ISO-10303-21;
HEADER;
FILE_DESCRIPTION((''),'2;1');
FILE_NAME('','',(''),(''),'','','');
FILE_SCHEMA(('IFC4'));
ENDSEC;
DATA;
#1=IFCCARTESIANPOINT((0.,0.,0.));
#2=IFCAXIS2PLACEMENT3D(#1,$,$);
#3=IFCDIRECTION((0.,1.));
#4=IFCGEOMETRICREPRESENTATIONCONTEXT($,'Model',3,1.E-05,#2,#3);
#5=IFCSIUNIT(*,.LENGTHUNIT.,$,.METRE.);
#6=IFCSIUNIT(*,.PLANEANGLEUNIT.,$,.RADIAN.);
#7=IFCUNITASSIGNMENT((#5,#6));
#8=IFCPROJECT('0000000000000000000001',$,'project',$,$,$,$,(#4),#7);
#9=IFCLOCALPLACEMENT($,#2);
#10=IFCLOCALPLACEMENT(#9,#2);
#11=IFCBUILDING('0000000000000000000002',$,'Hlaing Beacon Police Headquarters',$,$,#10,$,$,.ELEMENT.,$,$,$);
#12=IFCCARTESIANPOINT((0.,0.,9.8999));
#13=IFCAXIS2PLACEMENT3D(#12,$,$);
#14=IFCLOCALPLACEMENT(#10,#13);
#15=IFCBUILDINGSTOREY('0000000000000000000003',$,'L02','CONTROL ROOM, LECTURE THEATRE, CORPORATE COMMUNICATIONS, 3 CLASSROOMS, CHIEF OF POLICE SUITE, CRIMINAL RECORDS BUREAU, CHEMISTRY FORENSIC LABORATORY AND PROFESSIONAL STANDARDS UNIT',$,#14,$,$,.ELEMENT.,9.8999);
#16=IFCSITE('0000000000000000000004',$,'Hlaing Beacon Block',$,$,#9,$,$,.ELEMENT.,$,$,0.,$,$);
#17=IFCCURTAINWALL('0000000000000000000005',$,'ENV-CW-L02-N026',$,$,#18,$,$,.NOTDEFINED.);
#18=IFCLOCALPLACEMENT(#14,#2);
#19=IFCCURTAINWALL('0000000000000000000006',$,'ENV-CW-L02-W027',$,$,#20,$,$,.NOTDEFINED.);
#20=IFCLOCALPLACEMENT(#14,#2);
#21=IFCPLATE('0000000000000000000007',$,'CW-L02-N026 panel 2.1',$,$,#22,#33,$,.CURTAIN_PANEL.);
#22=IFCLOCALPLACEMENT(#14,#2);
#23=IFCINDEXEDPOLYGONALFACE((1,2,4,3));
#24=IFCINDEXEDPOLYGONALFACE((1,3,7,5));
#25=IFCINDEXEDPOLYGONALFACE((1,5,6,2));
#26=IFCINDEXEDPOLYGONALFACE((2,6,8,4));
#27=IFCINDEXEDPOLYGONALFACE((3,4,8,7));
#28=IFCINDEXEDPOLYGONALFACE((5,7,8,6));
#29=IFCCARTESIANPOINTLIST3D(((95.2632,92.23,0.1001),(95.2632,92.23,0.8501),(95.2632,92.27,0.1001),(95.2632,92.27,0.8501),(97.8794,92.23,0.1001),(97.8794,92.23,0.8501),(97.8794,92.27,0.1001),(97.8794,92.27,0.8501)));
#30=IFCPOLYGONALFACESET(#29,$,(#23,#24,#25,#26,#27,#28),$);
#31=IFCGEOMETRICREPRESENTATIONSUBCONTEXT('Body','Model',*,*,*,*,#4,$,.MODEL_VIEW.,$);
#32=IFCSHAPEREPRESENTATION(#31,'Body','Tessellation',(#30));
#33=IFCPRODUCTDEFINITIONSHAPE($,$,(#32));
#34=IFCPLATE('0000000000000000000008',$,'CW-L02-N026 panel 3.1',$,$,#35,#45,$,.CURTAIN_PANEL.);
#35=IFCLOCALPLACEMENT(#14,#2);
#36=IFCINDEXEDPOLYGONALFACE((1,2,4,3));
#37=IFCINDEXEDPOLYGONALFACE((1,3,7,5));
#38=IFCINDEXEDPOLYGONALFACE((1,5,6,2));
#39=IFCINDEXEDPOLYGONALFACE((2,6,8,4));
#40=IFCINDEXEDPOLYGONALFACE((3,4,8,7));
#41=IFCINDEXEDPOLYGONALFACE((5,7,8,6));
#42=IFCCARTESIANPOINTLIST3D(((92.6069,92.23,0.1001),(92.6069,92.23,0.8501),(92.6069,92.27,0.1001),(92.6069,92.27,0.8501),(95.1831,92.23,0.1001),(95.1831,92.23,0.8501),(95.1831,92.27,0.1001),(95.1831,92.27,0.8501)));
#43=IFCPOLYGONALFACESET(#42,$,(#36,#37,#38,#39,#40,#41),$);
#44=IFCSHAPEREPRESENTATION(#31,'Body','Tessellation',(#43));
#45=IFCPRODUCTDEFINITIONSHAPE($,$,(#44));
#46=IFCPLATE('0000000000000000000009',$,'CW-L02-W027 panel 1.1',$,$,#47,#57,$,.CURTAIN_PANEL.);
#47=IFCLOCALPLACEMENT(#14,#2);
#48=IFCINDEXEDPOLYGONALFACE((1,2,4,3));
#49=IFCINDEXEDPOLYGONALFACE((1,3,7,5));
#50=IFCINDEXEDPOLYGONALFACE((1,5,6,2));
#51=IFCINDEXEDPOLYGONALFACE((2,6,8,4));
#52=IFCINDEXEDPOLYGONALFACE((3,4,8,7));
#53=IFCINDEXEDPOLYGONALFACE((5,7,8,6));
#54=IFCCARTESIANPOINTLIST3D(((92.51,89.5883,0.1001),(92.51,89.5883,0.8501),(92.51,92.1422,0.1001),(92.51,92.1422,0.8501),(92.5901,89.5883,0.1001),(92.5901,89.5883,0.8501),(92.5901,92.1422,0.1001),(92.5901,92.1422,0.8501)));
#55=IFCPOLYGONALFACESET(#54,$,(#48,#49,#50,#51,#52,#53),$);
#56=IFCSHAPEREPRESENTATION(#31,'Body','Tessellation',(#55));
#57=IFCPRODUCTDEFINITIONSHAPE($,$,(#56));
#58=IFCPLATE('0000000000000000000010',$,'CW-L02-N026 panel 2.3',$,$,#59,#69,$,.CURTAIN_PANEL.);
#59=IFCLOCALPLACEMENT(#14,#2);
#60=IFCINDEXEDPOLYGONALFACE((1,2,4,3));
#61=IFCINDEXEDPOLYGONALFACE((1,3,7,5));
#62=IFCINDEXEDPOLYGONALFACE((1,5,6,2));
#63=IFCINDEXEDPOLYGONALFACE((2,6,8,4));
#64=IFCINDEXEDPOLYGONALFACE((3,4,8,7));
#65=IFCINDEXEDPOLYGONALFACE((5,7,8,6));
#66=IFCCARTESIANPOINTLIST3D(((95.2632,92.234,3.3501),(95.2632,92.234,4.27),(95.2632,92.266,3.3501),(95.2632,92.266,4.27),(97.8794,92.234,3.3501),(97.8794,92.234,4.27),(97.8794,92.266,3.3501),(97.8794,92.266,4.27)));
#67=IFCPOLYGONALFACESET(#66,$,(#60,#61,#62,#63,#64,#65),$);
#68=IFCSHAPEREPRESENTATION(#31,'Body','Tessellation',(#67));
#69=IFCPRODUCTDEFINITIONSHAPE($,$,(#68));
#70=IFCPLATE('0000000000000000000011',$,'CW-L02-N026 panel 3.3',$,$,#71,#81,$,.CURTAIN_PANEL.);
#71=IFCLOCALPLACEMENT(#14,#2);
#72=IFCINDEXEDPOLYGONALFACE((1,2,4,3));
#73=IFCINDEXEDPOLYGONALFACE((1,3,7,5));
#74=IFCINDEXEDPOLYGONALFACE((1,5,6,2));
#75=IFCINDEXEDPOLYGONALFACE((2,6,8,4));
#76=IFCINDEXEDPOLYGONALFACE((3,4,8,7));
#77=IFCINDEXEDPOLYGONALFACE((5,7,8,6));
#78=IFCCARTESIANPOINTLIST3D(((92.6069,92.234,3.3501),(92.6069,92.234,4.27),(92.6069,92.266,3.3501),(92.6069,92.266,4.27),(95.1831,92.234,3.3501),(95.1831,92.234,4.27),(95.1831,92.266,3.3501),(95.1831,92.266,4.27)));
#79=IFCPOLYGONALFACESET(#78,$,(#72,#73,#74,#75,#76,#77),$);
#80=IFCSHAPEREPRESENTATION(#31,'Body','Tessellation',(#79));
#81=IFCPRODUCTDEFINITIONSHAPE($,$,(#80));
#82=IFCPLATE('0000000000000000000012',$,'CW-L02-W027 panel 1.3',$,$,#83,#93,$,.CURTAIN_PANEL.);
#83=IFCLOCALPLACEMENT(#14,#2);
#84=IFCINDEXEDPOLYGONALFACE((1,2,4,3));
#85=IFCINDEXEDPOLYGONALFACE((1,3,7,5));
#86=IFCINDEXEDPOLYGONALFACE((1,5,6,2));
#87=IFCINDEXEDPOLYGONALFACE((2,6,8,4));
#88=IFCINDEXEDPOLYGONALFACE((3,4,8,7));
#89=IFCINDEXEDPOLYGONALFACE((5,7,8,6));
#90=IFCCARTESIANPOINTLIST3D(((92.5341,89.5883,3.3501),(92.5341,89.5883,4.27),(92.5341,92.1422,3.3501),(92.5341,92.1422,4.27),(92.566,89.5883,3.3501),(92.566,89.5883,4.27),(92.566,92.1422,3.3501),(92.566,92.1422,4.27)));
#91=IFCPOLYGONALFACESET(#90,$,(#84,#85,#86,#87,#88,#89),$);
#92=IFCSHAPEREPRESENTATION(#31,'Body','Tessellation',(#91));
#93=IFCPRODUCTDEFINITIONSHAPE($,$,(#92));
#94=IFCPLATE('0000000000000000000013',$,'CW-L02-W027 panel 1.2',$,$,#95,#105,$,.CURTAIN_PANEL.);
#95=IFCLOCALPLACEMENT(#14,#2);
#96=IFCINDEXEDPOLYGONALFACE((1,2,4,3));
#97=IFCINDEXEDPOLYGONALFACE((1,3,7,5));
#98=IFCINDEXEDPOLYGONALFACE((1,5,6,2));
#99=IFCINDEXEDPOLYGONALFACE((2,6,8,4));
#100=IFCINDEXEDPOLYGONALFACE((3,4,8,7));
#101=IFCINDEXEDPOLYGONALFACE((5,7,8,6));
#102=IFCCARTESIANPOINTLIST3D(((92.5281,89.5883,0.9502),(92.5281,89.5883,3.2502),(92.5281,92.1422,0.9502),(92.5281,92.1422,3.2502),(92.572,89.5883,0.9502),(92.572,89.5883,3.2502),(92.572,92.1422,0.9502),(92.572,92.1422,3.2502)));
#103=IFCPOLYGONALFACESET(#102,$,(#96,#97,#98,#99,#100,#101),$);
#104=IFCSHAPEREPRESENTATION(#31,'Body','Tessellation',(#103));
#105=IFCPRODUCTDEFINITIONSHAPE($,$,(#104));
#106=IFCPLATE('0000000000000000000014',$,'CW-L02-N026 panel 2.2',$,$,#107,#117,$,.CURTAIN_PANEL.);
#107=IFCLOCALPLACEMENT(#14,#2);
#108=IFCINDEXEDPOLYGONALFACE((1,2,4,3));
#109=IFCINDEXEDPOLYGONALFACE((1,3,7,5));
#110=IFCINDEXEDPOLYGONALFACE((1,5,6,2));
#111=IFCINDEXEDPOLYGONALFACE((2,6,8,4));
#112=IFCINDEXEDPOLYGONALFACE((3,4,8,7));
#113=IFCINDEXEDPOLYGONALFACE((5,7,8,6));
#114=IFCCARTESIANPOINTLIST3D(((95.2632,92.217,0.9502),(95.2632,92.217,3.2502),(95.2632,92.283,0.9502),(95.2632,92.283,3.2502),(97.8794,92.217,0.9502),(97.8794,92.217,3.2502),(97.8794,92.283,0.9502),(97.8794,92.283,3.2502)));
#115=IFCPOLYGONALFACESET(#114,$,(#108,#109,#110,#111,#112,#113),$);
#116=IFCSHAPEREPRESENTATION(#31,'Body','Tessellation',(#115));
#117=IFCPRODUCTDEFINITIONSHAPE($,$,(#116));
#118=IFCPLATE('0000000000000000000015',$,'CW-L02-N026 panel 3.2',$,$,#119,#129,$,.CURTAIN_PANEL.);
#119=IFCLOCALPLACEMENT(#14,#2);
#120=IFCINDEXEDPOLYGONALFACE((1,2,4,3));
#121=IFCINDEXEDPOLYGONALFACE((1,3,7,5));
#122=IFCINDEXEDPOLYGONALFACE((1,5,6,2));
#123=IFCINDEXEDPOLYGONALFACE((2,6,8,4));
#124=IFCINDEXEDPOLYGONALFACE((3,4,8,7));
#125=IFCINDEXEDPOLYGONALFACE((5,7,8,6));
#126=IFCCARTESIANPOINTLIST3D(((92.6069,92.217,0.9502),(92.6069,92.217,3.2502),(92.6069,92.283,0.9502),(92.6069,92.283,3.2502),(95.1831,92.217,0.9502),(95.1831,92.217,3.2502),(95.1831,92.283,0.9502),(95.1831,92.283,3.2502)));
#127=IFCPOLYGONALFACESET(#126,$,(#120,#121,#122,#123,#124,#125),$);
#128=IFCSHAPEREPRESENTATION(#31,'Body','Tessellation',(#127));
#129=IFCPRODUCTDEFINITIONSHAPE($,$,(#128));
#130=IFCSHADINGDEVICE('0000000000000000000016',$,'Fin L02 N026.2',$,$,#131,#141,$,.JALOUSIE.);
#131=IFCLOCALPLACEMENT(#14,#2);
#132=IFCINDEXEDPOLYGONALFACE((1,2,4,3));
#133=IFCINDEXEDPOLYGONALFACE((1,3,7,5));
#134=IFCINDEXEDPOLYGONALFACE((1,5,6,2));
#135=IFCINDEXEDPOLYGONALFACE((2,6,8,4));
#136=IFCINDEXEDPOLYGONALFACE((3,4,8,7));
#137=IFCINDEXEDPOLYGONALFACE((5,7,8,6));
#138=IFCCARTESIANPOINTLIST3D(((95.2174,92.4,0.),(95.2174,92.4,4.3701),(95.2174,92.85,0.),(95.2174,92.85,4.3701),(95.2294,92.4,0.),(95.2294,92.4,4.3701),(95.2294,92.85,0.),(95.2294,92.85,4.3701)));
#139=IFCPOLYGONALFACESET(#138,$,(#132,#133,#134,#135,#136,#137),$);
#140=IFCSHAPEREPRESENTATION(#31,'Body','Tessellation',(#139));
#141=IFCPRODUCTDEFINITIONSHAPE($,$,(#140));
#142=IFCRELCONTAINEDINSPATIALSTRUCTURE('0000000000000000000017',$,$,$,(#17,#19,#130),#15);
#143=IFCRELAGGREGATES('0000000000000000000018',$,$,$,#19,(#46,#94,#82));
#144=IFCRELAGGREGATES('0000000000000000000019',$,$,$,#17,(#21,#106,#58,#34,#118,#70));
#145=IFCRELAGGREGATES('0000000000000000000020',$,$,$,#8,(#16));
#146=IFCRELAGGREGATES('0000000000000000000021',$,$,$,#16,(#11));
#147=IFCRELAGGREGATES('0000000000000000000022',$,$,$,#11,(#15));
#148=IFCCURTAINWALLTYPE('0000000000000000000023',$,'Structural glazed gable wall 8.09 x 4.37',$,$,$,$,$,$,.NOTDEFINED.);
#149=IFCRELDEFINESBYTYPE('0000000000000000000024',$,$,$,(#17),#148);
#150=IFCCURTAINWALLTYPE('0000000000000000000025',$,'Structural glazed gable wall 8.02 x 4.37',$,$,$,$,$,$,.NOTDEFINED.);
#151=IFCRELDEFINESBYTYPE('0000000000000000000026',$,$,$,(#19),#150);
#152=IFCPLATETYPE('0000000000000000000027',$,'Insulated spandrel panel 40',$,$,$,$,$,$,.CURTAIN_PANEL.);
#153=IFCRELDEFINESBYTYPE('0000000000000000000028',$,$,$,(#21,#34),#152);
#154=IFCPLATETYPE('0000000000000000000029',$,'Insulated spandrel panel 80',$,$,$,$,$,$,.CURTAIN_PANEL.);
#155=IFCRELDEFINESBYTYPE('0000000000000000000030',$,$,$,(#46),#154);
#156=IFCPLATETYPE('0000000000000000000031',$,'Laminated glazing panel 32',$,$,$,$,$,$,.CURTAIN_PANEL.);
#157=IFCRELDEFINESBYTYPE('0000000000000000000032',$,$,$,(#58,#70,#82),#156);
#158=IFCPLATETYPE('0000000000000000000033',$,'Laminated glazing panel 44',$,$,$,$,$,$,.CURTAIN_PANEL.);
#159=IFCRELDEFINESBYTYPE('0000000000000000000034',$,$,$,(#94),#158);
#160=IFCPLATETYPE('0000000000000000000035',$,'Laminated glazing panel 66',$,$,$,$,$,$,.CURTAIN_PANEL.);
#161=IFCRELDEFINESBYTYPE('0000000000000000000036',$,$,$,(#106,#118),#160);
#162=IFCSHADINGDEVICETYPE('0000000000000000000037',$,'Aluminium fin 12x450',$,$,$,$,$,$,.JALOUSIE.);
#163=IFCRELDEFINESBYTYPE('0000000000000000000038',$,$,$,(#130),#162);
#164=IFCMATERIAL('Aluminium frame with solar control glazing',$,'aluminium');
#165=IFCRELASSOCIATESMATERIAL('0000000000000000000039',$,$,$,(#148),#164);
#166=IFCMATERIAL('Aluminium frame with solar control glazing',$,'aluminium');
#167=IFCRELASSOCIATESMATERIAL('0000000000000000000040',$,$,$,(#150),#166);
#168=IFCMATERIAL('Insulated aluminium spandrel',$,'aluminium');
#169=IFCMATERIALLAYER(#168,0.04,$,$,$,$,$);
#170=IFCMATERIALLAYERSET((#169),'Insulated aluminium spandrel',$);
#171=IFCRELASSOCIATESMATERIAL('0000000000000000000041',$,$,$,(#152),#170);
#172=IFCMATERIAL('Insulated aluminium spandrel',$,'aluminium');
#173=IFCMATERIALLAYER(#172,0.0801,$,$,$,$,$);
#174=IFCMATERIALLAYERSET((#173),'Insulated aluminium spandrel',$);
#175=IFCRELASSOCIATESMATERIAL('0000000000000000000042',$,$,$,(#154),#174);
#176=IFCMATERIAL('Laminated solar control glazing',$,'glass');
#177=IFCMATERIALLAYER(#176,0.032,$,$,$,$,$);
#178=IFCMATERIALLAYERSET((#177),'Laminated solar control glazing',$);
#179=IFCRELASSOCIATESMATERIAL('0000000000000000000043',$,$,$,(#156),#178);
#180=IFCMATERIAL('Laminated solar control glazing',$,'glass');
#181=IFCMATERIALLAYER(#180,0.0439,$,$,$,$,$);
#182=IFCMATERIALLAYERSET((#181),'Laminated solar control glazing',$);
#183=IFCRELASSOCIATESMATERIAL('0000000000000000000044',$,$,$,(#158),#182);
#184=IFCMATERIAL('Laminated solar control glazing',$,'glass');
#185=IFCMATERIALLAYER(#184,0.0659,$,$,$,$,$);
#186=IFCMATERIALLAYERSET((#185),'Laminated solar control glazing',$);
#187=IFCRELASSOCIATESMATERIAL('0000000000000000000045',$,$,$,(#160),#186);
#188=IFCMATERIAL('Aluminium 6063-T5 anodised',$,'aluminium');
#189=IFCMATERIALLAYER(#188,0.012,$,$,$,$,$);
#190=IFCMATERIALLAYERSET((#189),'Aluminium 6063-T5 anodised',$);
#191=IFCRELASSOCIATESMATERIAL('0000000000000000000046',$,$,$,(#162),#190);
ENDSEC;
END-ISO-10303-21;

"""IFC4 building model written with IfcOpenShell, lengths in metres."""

from ifc_helpers import new_model, si_unit, direction, frame, origin, origin_2d, place, context, subcontext, project, spatial, rectangle, extrude, material, layer, layer_set, type_object, element, aggregate, save


model = new_model("IFC4")

# Units and contexts
model_context = context("Model", 3, precision=1e-05, world=origin(), true_north=direction((0.0, 1.0)))
body_context = subcontext(model_context, "Body", "Model", "MODEL_VIEW")
ifc_project = project(units=[si_unit("LENGTHUNIT", "METRE"), si_unit("PLANEANGLEUNIT", "RADIAN")], contexts=[model_context])

# Site, building, storey
site_placement = place(None, origin())
site = spatial("IfcSite", under=ifc_project, at=site_placement, Name="Hlaing Beacon Block", CompositionType="ELEMENT", RefElevation=0.0)
building_placement = place(site_placement, origin())
building = spatial("IfcBuilding", under=site, at=building_placement, Name="Hlaing Beacon Police Headquarters", CompositionType="ELEMENT")
storey_placement = place(building_placement, frame((0.0, 0.0, 9.8999)))
storey = spatial("IfcBuildingStorey", under=building, at=storey_placement, Name="L02", Description="CONTROL ROOM, LECTURE THEATRE, CORPORATE COMMUNICATIONS, 3 CLASSROOMS, CHIEF OF POLICE SUITE, CRIMINAL RECORDS BUREAU, CHEMISTRY FORENSIC LABORATORY AND PROFESSIONAL STANDARDS UNIT", CompositionType="ELEMENT", Elevation=9.8999)

# Curtain wall
ifc_material_1 = material(Name="Aluminium frame with solar control glazing", Category="aluminium")
curtain_wall_type_1 = type_object("IfcCurtainWallType", Name="Structural glazed gable wall 8.09 x 4.37", PredefinedType="NOTDEFINED", material=ifc_material_1)
curtain_wall_1_placement = place(storey_placement, origin())
curtain_wall_1 = element("IfcCurtainWall", 1, at=curtain_wall_1_placement, inside=storey, type_object=curtain_wall_type_1, Name="ENV-CW-L02-N026", PredefinedType="NOTDEFINED")

# Curtain wall
ifc_material_2 = material(Name="Aluminium frame with solar control glazing", Category="aluminium")
curtain_wall_type_2 = type_object("IfcCurtainWallType", Name="Structural glazed gable wall 8.02 x 4.37", PredefinedType="NOTDEFINED", material=ifc_material_2)
curtain_wall_2_placement = place(storey_placement, origin())
curtain_wall_2 = element("IfcCurtainWall", 2, at=curtain_wall_2_placement, inside=storey, type_object=curtain_wall_type_2, Name="ENV-CW-L02-W027", PredefinedType="NOTDEFINED")

# Plates
ifc_material_3 = material(Name="Insulated aluminium spandrel", Category="aluminium")
ifc_layer_1 = layer(ifc_material_3, 0.04)
ifc_layer_set_1 = layer_set([ifc_layer_1], Name="Insulated aluminium spandrel")
plate_type_1 = type_object("IfcPlateType", Name="Insulated spandrel panel 40", PredefinedType="CURTAIN_PANEL", material=ifc_layer_set_1)
plate_1_placement = place(storey_placement, frame((96.5713, 92.25, 0.1001), z_axis=(0.0, 0.0, 1.0), x_axis=(-1.0, 0.0, 0.0)))
plate_1 = element("IfcPlate", 3, at=plate_1_placement, type_object=plate_type_1, Name="CW-L02-N026 panel 2.1", PredefinedType="CURTAIN_PANEL", context=body_context, shape_type="SweptSolid", body=[
    extrude(rectangle(XDim=2.6162, YDim=0.04, at=origin_2d()), origin(), (0.0, 0.0, 1.0), 0.75),
])
plate_2_placement = place(storey_placement, frame((93.895, 92.25, 0.1001), z_axis=(0.0, 0.0, 1.0), x_axis=(-1.0, 0.0, 0.0)))
plate_2 = element("IfcPlate", 4, at=plate_2_placement, type_object=plate_type_1, Name="CW-L02-N026 panel 3.1", PredefinedType="CURTAIN_PANEL", context=body_context, shape_type="SweptSolid", body=[
    extrude(rectangle(XDim=2.5762, YDim=0.04, at=origin_2d()), origin(), (0.0, 0.0, 1.0), 0.75),
])
ifc_material_4 = material(Name="Insulated aluminium spandrel", Category="aluminium")
ifc_layer_2 = layer(ifc_material_4, 0.0801)
ifc_layer_set_2 = layer_set([ifc_layer_2], Name="Insulated aluminium spandrel")
plate_type_2 = type_object("IfcPlateType", Name="Insulated spandrel panel 80", PredefinedType="CURTAIN_PANEL", material=ifc_layer_set_2)
plate_3_placement = place(storey_placement, frame((92.55, 90.8652, 0.1001), z_axis=(0.0, 0.0, 1.0), x_axis=(0.0, -1.0, 0.0)))
plate_3 = element("IfcPlate", 5, at=plate_3_placement, type_object=plate_type_2, Name="CW-L02-W027 panel 1.1", PredefinedType="CURTAIN_PANEL", context=body_context, shape_type="SweptSolid", body=[
    extrude(rectangle(XDim=2.554, YDim=0.0801, at=origin_2d()), origin(), (0.0, 0.0, 1.0), 0.75),
])
ifc_material_5 = material(Name="Laminated solar control glazing", Category="glass")
ifc_layer_3 = layer(ifc_material_5, 0.032)
ifc_layer_set_3 = layer_set([ifc_layer_3], Name="Laminated solar control glazing")
plate_type_3 = type_object("IfcPlateType", Name="Laminated glazing panel 32", PredefinedType="CURTAIN_PANEL", material=ifc_layer_set_3)
plate_4_placement = place(storey_placement, frame((96.5713, 92.25, 3.3501), z_axis=(0.0, 0.0, 1.0), x_axis=(-1.0, 0.0, 0.0)))
plate_4 = element("IfcPlate", 6, at=plate_4_placement, type_object=plate_type_3, Name="CW-L02-N026 panel 2.3", PredefinedType="CURTAIN_PANEL", context=body_context, shape_type="SweptSolid", body=[
    extrude(rectangle(XDim=2.6162, YDim=0.032, at=origin_2d()), origin(), (0.0, 0.0, 1.0), 0.9199),
])
plate_5_placement = place(storey_placement, frame((93.895, 92.25, 3.3501), z_axis=(0.0, 0.0, 1.0), x_axis=(-1.0, 0.0, 0.0)))
plate_5 = element("IfcPlate", 7, at=plate_5_placement, type_object=plate_type_3, Name="CW-L02-N026 panel 3.3", PredefinedType="CURTAIN_PANEL", context=body_context, shape_type="SweptSolid", body=[
    extrude(rectangle(XDim=2.5762, YDim=0.032, at=origin_2d()), origin(), (0.0, 0.0, 1.0), 0.9199),
])
plate_6_placement = place(storey_placement, frame((92.55, 90.8652, 3.3501), z_axis=(0.0, 0.0, 1.0), x_axis=(0.0, -1.0, 0.0)))
plate_6 = element("IfcPlate", 8, at=plate_6_placement, type_object=plate_type_3, Name="CW-L02-W027 panel 1.3", PredefinedType="CURTAIN_PANEL", context=body_context, shape_type="SweptSolid", body=[
    extrude(rectangle(XDim=2.554, YDim=0.032, at=origin_2d()), origin(), (0.0, 0.0, 1.0), 0.9199),
])
ifc_material_6 = material(Name="Laminated solar control glazing", Category="glass")
ifc_layer_4 = layer(ifc_material_6, 0.0439)
ifc_layer_set_4 = layer_set([ifc_layer_4], Name="Laminated solar control glazing")
plate_type_4 = type_object("IfcPlateType", Name="Laminated glazing panel 44", PredefinedType="CURTAIN_PANEL", material=ifc_layer_set_4)
plate_7_placement = place(storey_placement, frame((92.55, 90.8652, 0.9502), z_axis=(0.0, 0.0, 1.0), x_axis=(0.0, -1.0, 0.0)))
plate_7 = element("IfcPlate", 9, at=plate_7_placement, type_object=plate_type_4, Name="CW-L02-W027 panel 1.2", PredefinedType="CURTAIN_PANEL", context=body_context, shape_type="SweptSolid", body=[
    extrude(rectangle(XDim=2.554, YDim=0.0439, at=origin_2d()), origin(), (0.0, 0.0, 1.0), 2.3),
])
aggregate(curtain_wall_2, [plate_3, plate_7, plate_6])
ifc_material_7 = material(Name="Laminated solar control glazing", Category="glass")
ifc_layer_5 = layer(ifc_material_7, 0.0659)
ifc_layer_set_5 = layer_set([ifc_layer_5], Name="Laminated solar control glazing")
plate_type_5 = type_object("IfcPlateType", Name="Laminated glazing panel 66", PredefinedType="CURTAIN_PANEL", material=ifc_layer_set_5)
plate_8_placement = place(storey_placement, frame((96.5713, 92.25, 0.9502), z_axis=(0.0, 0.0, 1.0), x_axis=(-1.0, 0.0, 0.0)))
plate_8 = element("IfcPlate", 10, at=plate_8_placement, type_object=plate_type_5, Name="CW-L02-N026 panel 2.2", PredefinedType="CURTAIN_PANEL", context=body_context, shape_type="SweptSolid", body=[
    extrude(rectangle(XDim=2.6162, YDim=0.0659, at=origin_2d()), origin(), (0.0, 0.0, 1.0), 2.3),
])
plate_9_placement = place(storey_placement, frame((93.895, 92.25, 0.9502), z_axis=(0.0, 0.0, 1.0), x_axis=(-1.0, 0.0, 0.0)))
plate_9 = element("IfcPlate", 11, at=plate_9_placement, type_object=plate_type_5, Name="CW-L02-N026 panel 3.2", PredefinedType="CURTAIN_PANEL", context=body_context, shape_type="SweptSolid", body=[
    extrude(rectangle(XDim=2.5762, YDim=0.0659, at=origin_2d()), origin(), (0.0, 0.0, 1.0), 2.3),
])
aggregate(curtain_wall_1, [plate_1, plate_8, plate_4, plate_2, plate_9, plate_5])

# Shading device
ifc_material_8 = material(Name="Aluminium 6063-T5 anodised", Category="aluminium")
ifc_layer_6 = layer(ifc_material_8, 0.012)
ifc_layer_set_6 = layer_set([ifc_layer_6], Name="Aluminium 6063-T5 anodised")
shading_device_type = type_object("IfcShadingDeviceType", Name="Aluminium fin 12x450", PredefinedType="JALOUSIE", material=ifc_layer_set_6)
shading_device_placement = place(storey_placement, frame((95.2234, 92.625, 0.0), z_axis=(0.0, 0.0, 1.0), x_axis=(-1.0, 0.0, 0.0)))
element("IfcShadingDevice", 12, at=shading_device_placement, inside=storey, type_object=shading_device_type, Name="Fin L02 N026.2", PredefinedType="JALOUSIE", context=body_context, shape_type="SweptSolid", body=[
    extrude(rectangle(XDim=0.012, YDim=0.45, at=origin_2d()), origin(), (0.0, 0.0, 1.0), 4.3701),
])

save(model, "model.ifc")
